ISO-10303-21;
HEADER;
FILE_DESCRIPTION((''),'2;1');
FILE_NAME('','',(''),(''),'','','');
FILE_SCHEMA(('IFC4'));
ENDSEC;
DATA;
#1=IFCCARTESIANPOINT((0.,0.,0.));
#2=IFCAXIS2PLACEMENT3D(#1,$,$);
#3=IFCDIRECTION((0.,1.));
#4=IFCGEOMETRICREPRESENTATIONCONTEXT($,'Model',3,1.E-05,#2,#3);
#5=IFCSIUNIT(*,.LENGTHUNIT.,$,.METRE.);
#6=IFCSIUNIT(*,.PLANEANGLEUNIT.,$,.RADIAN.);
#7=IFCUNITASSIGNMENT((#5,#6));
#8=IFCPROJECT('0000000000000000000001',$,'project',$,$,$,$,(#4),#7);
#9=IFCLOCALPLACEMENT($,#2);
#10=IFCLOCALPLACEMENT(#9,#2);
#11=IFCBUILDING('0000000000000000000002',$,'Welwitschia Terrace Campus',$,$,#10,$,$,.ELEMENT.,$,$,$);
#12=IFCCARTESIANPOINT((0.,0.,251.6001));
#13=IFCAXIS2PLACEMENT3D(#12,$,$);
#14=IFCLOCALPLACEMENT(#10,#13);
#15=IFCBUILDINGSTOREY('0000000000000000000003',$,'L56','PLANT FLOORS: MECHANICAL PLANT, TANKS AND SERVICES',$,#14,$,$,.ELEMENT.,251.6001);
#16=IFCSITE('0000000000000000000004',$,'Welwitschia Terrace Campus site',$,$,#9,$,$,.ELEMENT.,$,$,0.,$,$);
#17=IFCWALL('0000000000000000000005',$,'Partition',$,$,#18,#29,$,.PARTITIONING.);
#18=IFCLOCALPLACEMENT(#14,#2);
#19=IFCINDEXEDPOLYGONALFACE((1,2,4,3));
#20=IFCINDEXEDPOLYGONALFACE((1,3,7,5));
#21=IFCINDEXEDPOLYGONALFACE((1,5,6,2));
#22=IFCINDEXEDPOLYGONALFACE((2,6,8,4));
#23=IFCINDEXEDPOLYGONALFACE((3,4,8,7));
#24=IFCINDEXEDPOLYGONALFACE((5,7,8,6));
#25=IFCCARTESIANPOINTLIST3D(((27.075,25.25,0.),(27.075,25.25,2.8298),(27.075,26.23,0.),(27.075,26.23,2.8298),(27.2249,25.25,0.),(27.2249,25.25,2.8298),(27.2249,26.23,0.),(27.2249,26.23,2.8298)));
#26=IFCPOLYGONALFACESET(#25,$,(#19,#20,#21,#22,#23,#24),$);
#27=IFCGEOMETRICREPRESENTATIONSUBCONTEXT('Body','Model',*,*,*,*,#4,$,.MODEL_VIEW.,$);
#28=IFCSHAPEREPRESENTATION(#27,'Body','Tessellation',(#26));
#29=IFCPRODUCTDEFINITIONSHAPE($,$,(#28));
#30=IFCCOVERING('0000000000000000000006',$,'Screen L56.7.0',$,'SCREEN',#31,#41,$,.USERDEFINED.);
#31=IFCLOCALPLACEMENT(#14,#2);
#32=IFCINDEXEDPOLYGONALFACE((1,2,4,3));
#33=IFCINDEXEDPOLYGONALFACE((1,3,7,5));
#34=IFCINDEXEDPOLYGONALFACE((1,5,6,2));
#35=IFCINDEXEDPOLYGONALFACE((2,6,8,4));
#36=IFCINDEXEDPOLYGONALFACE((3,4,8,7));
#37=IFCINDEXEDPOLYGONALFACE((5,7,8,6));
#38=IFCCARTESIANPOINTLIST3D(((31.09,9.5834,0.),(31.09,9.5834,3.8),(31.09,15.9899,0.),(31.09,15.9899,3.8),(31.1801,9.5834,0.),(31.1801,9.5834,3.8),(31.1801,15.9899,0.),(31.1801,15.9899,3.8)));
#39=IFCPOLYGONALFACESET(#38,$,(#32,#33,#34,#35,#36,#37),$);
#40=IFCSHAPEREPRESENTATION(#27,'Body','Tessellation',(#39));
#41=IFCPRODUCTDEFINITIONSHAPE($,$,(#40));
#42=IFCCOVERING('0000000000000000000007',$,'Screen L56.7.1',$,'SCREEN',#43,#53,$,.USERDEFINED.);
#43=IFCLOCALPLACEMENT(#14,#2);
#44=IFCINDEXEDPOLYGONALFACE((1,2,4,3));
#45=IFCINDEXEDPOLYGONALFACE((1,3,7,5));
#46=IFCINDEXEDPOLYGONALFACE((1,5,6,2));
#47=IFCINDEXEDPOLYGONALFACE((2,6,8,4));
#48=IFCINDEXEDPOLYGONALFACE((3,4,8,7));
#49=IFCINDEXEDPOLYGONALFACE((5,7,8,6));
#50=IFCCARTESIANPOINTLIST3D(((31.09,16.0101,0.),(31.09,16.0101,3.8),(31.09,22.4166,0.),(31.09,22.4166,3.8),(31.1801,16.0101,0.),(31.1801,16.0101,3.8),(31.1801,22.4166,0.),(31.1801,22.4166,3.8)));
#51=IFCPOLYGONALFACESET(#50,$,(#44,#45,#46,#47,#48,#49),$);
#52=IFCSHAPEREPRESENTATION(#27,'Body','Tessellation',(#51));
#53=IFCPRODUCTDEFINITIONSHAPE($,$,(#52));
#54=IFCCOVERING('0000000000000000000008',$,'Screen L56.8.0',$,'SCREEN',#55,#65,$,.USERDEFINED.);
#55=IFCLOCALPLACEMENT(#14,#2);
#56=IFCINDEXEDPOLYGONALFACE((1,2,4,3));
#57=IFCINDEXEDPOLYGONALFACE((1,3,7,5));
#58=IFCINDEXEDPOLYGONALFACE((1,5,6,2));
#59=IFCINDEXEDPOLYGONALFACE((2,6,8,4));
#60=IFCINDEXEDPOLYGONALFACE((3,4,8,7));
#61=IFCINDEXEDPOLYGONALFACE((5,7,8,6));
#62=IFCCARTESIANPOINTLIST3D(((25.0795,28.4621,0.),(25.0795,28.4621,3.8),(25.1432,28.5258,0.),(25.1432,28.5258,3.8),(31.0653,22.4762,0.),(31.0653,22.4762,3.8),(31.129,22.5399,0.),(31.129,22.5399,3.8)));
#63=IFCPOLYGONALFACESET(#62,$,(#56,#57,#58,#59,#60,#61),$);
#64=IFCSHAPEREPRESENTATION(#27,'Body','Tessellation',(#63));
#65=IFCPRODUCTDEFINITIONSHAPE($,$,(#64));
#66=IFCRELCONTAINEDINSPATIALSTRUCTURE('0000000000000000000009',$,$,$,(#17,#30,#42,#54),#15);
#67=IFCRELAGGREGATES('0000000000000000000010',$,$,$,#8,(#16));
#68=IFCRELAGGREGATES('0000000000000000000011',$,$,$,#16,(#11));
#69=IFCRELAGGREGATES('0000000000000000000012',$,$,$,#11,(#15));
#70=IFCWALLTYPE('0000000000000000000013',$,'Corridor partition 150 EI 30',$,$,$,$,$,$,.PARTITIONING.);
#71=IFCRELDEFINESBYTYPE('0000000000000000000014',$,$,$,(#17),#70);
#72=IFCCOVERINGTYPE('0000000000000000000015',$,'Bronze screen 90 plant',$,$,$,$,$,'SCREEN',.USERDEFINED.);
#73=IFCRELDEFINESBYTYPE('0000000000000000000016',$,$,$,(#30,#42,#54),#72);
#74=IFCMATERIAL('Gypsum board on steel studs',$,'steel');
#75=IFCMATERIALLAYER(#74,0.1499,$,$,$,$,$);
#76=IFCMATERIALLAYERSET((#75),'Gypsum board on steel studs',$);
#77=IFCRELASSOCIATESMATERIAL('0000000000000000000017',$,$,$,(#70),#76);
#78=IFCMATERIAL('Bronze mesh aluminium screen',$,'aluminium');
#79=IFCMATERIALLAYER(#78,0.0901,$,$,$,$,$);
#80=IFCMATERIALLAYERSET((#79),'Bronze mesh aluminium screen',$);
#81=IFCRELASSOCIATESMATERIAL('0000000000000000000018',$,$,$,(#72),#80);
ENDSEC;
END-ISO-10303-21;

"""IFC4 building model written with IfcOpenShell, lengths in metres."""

from ifc_helpers import new_model, si_unit, direction, frame, frame_2d, origin, origin_2d, place, context, subcontext, project, spatial, rectangle, extrude, material, layer, layer_set, type_object, element, save


model = new_model("IFC4")

# Units and contexts
model_context = context("Model", 3, precision=1e-05, world=origin(), true_north=direction((0.0, 1.0)))
body_context = subcontext(model_context, "Body", "Model", "MODEL_VIEW")
ifc_project = project(units=[si_unit("LENGTHUNIT", "METRE"), si_unit("PLANEANGLEUNIT", "RADIAN")], contexts=[model_context])

# Site, building, storey
site_placement = place(None, origin())
site = spatial("IfcSite", under=ifc_project, at=site_placement, Name="Welwitschia Terrace Campus site", CompositionType="ELEMENT", RefElevation=0.0)
building_placement = place(site_placement, origin())
building = spatial("IfcBuilding", under=site, at=building_placement, Name="Welwitschia Terrace Campus", CompositionType="ELEMENT")
storey_placement = place(building_placement, frame((0.0, 0.0, 251.6001)))
storey = spatial("IfcBuildingStorey", under=building, at=storey_placement, Name="L56", Description="PLANT FLOORS: MECHANICAL PLANT, TANKS AND SERVICES", CompositionType="ELEMENT", Elevation=251.6001)

# Shared definitions
ifc_material_1 = material(Name="Gypsum board on steel studs", Category="steel")
ifc_layer_1 = layer(ifc_material_1, 0.1499)
ifc_layer_set_1 = layer_set([ifc_layer_1], Name="Gypsum board on steel studs")
wall_type_1 = type_object("IfcWallType", Name="Corridor partition 150 EI 30", PredefinedType="PARTITIONING", material=ifc_layer_set_1)

# Wall
wall_1_placement = place(storey_placement, frame((27.1499, 25.25, 0.0), z_axis=(0.0, 0.0, 1.0), x_axis=(0.0, 1.0, 0.0)))
element("IfcWall", 1, at=wall_1_placement, inside=storey, type_object=wall_type_1, Name="Partition", PredefinedType="PARTITIONING", context=body_context, shape_type="SweptSolid", body=[
    extrude(rectangle(XDim=0.98, YDim=0.1499, at=frame_2d((0.49, 0.0))), origin(), (0.0, 0.0, 1.0), 2.8298),
])

# Coverings
ifc_material_2 = material(Name="Bronze mesh aluminium screen", Category="aluminium")
ifc_layer_2 = layer(ifc_material_2, 0.0901)
ifc_layer_set_2 = layer_set([ifc_layer_2], Name="Bronze mesh aluminium screen")
covering_type = type_object("IfcCoveringType", Name="Bronze screen 90 plant", ElementType="SCREEN", PredefinedType="USERDEFINED", material=ifc_layer_set_2)
for number, where, z_axis, x_axis, name in (
    (2, (31.135, 12.7866, 0.0), (0.0, 0.0, 1.0), (0.0, 1.0, 0.0), "Screen L56.7.0"),
    (3, (31.135, 19.2134, 0.0), (0.0, 0.0, 1.0), (0.0, 1.0, 0.0), "Screen L56.7.1"),
):
    element("IfcCovering", number, at=place(storey_placement, frame(where, z_axis=z_axis, x_axis=x_axis)), inside=storey, type_object=covering_type, Name=name, ObjectType="SCREEN", PredefinedType="USERDEFINED", context=body_context, shape_type="SweptSolid", body=[
        extrude(rectangle(XDim=6.4065, YDim=0.0901, at=origin_2d()), origin(), (0.0, 0.0, 1.0), 3.8),
    ])
covering_placement = place(storey_placement, frame((28.1042, 25.501, 0.0), z_axis=(0.0, 0.0, 1.0), x_axis=(-0.707107, 0.707107, 0.0)))
element("IfcCovering", 4, at=covering_placement, inside=storey, type_object=covering_type, Name="Screen L56.8.0", ObjectType="SCREEN", PredefinedType="USERDEFINED", context=body_context, shape_type="SweptSolid", body=[
    extrude(rectangle(XDim=8.4653, YDim=0.0901, at=origin_2d()), origin(), (0.0, 0.0, 1.0), 3.8),
])

save(model, "model.ifc")
